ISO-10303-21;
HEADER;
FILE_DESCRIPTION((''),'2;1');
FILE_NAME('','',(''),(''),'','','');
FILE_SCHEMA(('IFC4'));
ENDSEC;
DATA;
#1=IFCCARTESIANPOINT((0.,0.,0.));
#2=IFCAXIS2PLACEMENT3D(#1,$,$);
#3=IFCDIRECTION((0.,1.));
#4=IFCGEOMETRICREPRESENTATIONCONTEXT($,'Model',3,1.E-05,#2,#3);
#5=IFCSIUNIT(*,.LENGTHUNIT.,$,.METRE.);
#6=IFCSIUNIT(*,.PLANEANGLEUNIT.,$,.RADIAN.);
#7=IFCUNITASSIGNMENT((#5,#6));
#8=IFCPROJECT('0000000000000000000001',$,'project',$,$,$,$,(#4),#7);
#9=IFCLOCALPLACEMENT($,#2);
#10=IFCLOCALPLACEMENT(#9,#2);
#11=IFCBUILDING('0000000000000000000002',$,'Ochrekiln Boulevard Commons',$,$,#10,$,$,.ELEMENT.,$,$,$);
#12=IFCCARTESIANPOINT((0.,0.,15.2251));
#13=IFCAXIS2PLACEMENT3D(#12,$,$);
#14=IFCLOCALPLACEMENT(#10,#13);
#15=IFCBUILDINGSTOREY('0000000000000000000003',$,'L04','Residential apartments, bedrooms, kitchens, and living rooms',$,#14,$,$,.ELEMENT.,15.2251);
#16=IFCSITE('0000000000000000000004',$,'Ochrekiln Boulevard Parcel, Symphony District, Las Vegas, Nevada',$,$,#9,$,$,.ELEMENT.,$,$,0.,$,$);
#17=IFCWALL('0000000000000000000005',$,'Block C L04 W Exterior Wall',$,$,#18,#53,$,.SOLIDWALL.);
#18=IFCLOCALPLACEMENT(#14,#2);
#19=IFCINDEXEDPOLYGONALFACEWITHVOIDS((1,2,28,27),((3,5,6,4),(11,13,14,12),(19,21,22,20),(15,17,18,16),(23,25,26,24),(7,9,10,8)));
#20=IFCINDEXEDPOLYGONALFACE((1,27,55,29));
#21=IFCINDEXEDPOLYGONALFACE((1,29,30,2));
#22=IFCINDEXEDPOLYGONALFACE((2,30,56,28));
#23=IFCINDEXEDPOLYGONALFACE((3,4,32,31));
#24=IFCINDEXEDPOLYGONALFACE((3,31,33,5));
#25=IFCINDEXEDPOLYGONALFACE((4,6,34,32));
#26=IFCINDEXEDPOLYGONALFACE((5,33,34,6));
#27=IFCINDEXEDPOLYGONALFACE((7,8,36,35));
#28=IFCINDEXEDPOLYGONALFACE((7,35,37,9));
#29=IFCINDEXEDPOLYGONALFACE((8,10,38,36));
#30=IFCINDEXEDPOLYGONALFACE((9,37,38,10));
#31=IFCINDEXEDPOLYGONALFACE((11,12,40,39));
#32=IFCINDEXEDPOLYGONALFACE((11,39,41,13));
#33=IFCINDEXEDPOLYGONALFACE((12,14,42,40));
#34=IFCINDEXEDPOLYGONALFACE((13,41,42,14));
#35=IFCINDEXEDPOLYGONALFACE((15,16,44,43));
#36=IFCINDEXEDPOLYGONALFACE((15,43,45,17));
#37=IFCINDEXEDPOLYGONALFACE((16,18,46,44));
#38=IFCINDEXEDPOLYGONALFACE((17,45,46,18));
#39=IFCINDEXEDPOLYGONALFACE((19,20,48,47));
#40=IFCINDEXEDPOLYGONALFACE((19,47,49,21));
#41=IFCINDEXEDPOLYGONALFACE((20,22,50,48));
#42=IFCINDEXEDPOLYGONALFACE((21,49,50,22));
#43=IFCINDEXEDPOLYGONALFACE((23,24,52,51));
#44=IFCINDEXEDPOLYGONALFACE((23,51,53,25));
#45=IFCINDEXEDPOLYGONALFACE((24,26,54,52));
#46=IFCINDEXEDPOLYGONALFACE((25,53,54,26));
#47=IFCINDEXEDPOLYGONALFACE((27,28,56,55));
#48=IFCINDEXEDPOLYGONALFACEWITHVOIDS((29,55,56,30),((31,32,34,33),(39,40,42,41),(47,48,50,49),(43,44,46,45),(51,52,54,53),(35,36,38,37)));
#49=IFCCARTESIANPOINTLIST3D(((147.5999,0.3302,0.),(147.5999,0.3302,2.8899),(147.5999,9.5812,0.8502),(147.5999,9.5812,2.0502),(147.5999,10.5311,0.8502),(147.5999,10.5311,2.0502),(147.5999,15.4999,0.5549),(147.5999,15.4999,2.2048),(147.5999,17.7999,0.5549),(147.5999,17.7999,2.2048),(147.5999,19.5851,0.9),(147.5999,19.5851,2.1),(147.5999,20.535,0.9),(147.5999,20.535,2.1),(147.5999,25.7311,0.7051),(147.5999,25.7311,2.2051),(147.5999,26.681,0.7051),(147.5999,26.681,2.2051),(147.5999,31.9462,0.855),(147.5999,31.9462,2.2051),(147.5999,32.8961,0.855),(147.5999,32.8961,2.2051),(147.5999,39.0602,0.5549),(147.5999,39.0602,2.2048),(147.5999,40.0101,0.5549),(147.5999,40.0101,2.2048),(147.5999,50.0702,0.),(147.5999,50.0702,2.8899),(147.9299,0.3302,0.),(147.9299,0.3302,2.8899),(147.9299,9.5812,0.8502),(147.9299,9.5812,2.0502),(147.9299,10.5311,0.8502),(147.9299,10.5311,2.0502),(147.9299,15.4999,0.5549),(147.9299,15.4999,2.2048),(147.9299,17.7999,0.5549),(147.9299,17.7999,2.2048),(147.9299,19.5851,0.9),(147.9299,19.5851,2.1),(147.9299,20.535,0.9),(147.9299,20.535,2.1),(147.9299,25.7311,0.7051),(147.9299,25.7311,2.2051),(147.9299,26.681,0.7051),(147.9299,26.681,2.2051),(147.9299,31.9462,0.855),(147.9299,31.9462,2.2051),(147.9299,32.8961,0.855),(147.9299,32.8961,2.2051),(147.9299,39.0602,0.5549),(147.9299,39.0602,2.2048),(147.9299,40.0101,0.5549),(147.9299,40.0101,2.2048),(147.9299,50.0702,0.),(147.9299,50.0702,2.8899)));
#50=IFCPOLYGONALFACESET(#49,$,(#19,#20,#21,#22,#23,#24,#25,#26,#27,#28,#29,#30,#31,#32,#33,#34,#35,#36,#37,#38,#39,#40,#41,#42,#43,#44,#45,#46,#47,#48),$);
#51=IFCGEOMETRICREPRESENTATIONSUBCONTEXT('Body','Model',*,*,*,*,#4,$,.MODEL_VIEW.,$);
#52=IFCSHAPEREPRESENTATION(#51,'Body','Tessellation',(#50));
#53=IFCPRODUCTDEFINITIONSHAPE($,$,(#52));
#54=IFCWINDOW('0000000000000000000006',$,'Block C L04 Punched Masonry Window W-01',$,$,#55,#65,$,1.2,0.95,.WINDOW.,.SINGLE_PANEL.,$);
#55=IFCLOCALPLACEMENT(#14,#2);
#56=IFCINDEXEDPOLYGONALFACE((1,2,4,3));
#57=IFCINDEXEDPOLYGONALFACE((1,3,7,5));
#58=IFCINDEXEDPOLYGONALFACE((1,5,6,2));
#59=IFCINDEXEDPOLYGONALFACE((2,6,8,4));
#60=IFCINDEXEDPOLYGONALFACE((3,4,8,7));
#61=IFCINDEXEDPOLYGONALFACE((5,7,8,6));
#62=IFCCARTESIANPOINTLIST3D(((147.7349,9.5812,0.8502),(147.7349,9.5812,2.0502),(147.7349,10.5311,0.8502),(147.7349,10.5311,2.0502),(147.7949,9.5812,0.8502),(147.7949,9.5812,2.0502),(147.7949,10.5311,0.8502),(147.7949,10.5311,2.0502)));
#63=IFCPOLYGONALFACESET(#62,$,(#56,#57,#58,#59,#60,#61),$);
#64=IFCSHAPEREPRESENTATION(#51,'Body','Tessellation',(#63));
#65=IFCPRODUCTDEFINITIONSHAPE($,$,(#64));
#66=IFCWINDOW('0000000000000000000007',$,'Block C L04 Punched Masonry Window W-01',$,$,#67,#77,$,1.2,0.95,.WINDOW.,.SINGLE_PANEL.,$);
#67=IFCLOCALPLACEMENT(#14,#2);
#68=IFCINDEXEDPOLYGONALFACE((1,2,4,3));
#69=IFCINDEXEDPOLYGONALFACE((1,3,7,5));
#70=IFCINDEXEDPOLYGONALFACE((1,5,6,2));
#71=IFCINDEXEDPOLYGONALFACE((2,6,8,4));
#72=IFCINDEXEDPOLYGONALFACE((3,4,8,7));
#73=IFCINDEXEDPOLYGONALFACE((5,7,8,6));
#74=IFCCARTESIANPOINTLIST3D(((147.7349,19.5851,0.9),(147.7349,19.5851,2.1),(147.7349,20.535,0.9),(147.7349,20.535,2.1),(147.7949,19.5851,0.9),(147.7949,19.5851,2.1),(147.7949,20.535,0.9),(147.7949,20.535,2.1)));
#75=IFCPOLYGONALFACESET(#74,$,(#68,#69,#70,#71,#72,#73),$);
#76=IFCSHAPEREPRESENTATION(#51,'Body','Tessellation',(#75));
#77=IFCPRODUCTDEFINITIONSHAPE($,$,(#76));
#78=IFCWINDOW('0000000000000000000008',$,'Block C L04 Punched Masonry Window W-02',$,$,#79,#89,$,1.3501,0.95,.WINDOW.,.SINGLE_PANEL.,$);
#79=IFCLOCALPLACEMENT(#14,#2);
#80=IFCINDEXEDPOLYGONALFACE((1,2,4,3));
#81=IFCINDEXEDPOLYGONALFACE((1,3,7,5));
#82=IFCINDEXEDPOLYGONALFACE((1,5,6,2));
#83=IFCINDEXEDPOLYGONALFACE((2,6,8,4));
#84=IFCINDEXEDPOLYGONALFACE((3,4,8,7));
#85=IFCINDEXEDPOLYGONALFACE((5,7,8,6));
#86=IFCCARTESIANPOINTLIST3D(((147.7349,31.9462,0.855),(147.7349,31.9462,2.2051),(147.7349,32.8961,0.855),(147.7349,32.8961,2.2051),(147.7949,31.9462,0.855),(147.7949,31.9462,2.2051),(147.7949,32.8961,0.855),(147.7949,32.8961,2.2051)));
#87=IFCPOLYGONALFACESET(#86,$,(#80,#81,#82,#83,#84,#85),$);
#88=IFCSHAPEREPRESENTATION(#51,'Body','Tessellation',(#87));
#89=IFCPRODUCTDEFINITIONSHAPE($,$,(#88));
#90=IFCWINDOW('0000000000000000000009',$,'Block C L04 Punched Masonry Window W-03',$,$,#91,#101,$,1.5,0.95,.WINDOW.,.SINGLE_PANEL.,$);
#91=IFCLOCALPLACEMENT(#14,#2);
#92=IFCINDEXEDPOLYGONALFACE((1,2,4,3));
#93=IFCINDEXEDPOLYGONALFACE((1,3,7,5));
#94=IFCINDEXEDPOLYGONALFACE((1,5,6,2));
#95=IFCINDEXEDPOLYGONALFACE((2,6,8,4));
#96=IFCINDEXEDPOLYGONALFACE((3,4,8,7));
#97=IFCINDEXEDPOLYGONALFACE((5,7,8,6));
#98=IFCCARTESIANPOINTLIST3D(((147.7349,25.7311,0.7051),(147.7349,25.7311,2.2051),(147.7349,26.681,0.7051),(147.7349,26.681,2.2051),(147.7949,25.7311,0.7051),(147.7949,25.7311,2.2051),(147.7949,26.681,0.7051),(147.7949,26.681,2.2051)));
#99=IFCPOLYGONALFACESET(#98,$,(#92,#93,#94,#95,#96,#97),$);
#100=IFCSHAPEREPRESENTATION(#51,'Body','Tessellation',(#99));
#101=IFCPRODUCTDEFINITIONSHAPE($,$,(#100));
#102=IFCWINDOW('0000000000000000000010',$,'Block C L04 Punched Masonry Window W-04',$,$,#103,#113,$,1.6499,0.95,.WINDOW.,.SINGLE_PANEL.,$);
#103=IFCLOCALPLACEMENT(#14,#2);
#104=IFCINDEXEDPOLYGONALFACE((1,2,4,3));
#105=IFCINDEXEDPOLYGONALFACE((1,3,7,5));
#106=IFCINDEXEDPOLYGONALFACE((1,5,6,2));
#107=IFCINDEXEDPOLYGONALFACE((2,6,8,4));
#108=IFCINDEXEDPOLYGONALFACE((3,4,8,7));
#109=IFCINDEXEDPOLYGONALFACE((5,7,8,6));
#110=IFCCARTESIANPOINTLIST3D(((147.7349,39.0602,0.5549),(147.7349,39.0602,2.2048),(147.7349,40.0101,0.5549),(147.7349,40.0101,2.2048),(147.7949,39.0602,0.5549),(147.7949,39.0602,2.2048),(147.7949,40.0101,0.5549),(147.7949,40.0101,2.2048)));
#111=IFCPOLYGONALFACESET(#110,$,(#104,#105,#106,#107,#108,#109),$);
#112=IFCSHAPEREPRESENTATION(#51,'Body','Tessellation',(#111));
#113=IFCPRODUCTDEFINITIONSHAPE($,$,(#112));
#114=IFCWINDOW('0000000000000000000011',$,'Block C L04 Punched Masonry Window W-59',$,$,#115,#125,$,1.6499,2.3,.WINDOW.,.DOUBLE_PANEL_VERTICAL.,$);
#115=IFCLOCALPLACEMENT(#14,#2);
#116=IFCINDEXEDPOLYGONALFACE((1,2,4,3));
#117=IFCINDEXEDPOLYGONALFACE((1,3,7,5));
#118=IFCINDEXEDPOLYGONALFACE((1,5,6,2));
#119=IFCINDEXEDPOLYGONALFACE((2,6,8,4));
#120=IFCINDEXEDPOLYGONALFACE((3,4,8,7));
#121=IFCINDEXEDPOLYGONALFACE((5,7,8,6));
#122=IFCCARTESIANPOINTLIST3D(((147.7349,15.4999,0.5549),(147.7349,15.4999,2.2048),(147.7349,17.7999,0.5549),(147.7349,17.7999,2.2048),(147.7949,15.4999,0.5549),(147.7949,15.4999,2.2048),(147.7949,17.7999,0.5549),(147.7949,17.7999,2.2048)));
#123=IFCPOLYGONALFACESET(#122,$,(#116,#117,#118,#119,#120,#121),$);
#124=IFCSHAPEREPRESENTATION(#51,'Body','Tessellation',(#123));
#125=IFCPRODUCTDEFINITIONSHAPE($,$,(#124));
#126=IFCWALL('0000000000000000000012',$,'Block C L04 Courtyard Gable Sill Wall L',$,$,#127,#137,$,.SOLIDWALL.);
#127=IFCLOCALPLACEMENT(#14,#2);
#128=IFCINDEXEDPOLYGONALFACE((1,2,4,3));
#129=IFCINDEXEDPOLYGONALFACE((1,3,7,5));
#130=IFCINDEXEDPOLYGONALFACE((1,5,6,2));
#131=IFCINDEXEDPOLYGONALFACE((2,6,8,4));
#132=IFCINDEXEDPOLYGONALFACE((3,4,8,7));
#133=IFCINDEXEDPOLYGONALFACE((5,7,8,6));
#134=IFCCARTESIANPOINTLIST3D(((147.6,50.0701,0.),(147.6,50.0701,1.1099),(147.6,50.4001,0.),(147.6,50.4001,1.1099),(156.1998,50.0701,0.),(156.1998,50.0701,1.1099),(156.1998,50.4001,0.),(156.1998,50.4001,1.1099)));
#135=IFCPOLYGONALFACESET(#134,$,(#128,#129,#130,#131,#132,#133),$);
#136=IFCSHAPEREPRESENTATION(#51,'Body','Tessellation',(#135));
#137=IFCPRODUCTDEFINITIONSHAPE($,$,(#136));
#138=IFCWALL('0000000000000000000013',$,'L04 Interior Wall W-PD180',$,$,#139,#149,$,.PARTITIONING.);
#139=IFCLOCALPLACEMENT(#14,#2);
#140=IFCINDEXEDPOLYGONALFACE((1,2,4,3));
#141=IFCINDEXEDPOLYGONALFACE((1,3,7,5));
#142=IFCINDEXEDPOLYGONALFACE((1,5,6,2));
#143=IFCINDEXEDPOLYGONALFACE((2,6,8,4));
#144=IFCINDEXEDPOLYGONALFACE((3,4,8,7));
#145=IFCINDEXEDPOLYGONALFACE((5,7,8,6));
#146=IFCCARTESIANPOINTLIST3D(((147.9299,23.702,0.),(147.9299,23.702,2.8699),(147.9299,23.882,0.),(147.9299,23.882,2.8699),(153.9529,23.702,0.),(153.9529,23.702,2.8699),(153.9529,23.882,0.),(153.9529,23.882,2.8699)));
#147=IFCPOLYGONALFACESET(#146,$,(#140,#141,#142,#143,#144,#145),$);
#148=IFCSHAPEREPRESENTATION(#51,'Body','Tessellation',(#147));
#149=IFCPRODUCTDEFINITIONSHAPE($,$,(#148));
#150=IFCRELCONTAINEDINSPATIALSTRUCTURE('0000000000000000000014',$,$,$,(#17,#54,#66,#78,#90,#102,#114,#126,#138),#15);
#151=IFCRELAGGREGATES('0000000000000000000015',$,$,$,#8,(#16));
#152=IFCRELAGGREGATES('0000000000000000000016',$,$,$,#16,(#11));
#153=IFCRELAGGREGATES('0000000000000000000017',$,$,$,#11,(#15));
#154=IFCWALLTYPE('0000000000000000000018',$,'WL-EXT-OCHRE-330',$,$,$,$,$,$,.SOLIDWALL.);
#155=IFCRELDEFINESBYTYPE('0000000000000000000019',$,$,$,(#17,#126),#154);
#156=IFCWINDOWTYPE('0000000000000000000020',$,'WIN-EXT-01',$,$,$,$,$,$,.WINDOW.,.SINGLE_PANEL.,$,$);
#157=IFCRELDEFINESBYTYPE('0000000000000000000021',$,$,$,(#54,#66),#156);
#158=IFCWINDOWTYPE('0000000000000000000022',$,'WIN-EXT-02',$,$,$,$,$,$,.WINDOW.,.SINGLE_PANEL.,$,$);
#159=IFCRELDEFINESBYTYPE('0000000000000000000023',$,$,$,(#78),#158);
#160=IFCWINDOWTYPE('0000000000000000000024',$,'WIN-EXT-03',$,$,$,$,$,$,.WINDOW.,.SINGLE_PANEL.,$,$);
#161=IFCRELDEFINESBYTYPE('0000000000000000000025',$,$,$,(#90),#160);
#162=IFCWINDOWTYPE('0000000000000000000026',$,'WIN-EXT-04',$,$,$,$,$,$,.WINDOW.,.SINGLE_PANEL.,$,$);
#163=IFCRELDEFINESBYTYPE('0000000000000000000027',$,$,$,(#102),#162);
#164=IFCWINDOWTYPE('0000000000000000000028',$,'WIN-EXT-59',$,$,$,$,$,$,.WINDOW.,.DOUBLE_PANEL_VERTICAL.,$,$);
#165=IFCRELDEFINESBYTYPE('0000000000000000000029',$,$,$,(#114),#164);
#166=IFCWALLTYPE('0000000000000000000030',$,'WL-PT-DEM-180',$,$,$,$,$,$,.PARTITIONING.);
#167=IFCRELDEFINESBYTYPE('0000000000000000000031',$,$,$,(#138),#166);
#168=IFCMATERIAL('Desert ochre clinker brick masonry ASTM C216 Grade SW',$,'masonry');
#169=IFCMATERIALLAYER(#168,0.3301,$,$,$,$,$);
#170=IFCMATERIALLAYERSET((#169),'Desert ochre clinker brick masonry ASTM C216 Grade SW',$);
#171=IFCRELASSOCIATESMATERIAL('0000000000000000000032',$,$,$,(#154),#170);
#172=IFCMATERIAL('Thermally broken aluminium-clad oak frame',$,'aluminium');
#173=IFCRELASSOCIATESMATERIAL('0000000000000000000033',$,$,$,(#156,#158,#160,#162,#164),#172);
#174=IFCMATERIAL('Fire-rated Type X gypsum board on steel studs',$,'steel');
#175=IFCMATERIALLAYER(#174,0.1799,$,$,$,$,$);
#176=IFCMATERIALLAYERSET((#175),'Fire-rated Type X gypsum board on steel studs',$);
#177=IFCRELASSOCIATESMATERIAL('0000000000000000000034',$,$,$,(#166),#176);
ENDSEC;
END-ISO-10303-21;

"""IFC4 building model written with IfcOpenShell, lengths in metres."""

from ifc_helpers import new_model, si_unit, direction, frame, frame_2d, origin, place, context, subcontext, project, spatial, rectangle, extrude, material, layer, layer_set, type_object, element, fill, save


model = new_model("IFC4")

# Units and contexts
model_context = context("Model", 3, precision=1e-05, world=origin(), true_north=direction((0.0, 1.0)))
body_context = subcontext(model_context, "Body", "Model", "MODEL_VIEW")
ifc_project = project(units=[si_unit("LENGTHUNIT", "METRE"), si_unit("PLANEANGLEUNIT", "RADIAN")], contexts=[model_context])

# Site, building, storey
site_placement = place(None, origin())
site = spatial("IfcSite", under=ifc_project, at=site_placement, Name="Ochrekiln Boulevard Parcel, Symphony District, Las Vegas, Nevada", CompositionType="ELEMENT", RefElevation=0.0)
building_placement = place(site_placement, origin())
building = spatial("IfcBuilding", under=site, at=building_placement, Name="Ochrekiln Boulevard Commons", CompositionType="ELEMENT")
storey_placement = place(building_placement, frame((0.0, 0.0, 15.2251)))
storey = spatial("IfcBuildingStorey", under=building, at=storey_placement, Name="L04", Description="Residential apartments, bedrooms, kitchens, and living rooms", CompositionType="ELEMENT", Elevation=15.2251)

# Shared definitions
ifc_material_1 = material(Name="Desert ochre clinker brick masonry ASTM C216 Grade SW", Category="masonry")
ifc_layer_1 = layer(ifc_material_1, 0.3301)
ifc_layer_set_1 = layer_set([ifc_layer_1], Name="Desert ochre clinker brick masonry ASTM C216 Grade SW")
wall_type_1 = type_object("IfcWallType", Name="WL-EXT-OCHRE-330", PredefinedType="SOLIDWALL", material=ifc_layer_set_1)

# Wall, openings, windows
wall_1_placement = place(storey_placement, frame((147.7649, 0.3301, 0.0), z_axis=(0.0, 0.0, 1.0), x_axis=(0.0, 1.0, 0.0)))
wall_1 = element("IfcWall", 1, at=wall_1_placement, inside=storey, type_object=wall_type_1, Name="Block C L04 W Exterior Wall", PredefinedType="SOLIDWALL", context=body_context, shape_type="SweptSolid", body=[
    extrude(rectangle(XDim=49.74, YDim=0.3301, at=frame_2d((24.8701, 0.0))), origin(), (0.0, 0.0, 1.0), 2.8899),
])
opening_1_placement = place(wall_1_placement, frame((15.1699, 0.0, 0.5549)))
opening_1 = element("IfcOpeningElement", 2, at=opening_1_placement, cuts=wall_1, PredefinedType="OPENING", context=body_context, shape_type="SweptSolid", body=[
    extrude(rectangle(XDim=2.3, YDim=1.6499, at=frame_2d((1.1499, 0.825))), frame((0.0, 0.175, 0.0), z_axis=(0.0, -1.0, 0.0), x_axis=(1.0, 0.0, 0.0)), (0.0, 0.0, 1.0), 0.3501),
])
opening_2_placement = place(wall_1_placement, frame((9.251, 0.0, 0.8501)))
opening_2 = element("IfcOpeningElement", 3, at=opening_2_placement, cuts=wall_1, PredefinedType="OPENING", context=body_context, shape_type="SweptSolid", body=[
    extrude(rectangle(XDim=0.95, YDim=1.2, at=frame_2d((0.4751, 0.6001))), frame((0.0, 0.175, 0.0), z_axis=(0.0, -1.0, 0.0), x_axis=(1.0, 0.0, 0.0)), (0.0, 0.0, 1.0), 0.3501),
])
opening_3_placement = place(wall_1_placement, frame((19.2549, 0.0, 0.8999)))
opening_3 = element("IfcOpeningElement", 4, at=opening_3_placement, cuts=wall_1, PredefinedType="OPENING", context=body_context, shape_type="SweptSolid", body=[
    extrude(rectangle(XDim=0.95, YDim=1.2, at=frame_2d((0.4751, 0.6001))), frame((0.0, 0.175, 0.0), z_axis=(0.0, -1.0, 0.0), x_axis=(1.0, 0.0, 0.0)), (0.0, 0.0, 1.0), 0.3501),
])
opening_4_placement = place(wall_1_placement, frame((31.616, 0.0, 0.855)))
opening_4 = element("IfcOpeningElement", 5, at=opening_4_placement, cuts=wall_1, PredefinedType="OPENING", context=body_context, shape_type="SweptSolid", body=[
    extrude(rectangle(XDim=0.95, YDim=1.3501, at=frame_2d((0.4751, 0.675))), frame((0.0, 0.175, 0.0), z_axis=(0.0, -1.0, 0.0), x_axis=(1.0, 0.0, 0.0)), (0.0, 0.0, 1.0), 0.3501),
])
opening_5_placement = place(wall_1_placement, frame((25.4009, 0.0, 0.7051)))
opening_5 = element("IfcOpeningElement", 6, at=opening_5_placement, cuts=wall_1, PredefinedType="OPENING", context=body_context, shape_type="SweptSolid", body=[
    extrude(rectangle(XDim=0.95, YDim=1.5, at=frame_2d((0.4751, 0.75))), frame((0.0, 0.175, 0.0), z_axis=(0.0, -1.0, 0.0), x_axis=(1.0, 0.0, 0.0)), (0.0, 0.0, 1.0), 0.3501),
])
opening_6_placement = place(wall_1_placement, frame((38.73, 0.0, 0.5549)))
opening_6 = element("IfcOpeningElement", 7, at=opening_6_placement, cuts=wall_1, PredefinedType="OPENING", context=body_context, shape_type="SweptSolid", body=[
    extrude(rectangle(XDim=0.95, YDim=1.6499, at=frame_2d((0.4751, 0.825))), frame((0.0, 0.175, 0.0), z_axis=(0.0, -1.0, 0.0), x_axis=(1.0, 0.0, 0.0)), (0.0, 0.0, 1.0), 0.3501),
])
ifc_material_2 = material(Name="Thermally broken aluminium-clad oak frame", Category="aluminium")
window_type_1 = type_object("IfcWindowType", Name="WIN-EXT-01", PartitioningType="SINGLE_PANEL", PredefinedType="WINDOW", material=ifc_material_2)
window_1_placement = place(opening_2_placement, origin())
window_1 = element("IfcWindow", 8, at=window_1_placement, inside=storey, type_object=window_type_1, Name="Block C L04 Punched Masonry Window W-01", OverallHeight=1.2, OverallWidth=0.95, PartitioningType="SINGLE_PANEL", PredefinedType="WINDOW", context=body_context, shape_type="SweptSolid", body=[
    extrude(rectangle(XDim=0.95, YDim=1.2, at=frame_2d((0.4751, 0.6001))), frame((0.0, 0.03, 0.0), z_axis=(0.0, -1.0, 0.0), x_axis=(1.0, 0.0, 0.0)), (0.0, 0.0, 1.0), 0.0601),
])
fill(opening_2, window_1)
window_2_placement = place(opening_3_placement, origin())
window_2 = element("IfcWindow", 9, at=window_2_placement, inside=storey, type_object=window_type_1, Name="Block C L04 Punched Masonry Window W-01", OverallHeight=1.2, OverallWidth=0.95, PartitioningType="SINGLE_PANEL", PredefinedType="WINDOW", context=body_context, shape_type="SweptSolid", body=[
    extrude(rectangle(XDim=0.95, YDim=1.2, at=frame_2d((0.4751, 0.6001))), frame((0.0, 0.03, 0.0), z_axis=(0.0, -1.0, 0.0), x_axis=(1.0, 0.0, 0.0)), (0.0, 0.0, 1.0), 0.0601),
])
fill(opening_3, window_2)
window_type_2 = type_object("IfcWindowType", Name="WIN-EXT-02", PartitioningType="SINGLE_PANEL", PredefinedType="WINDOW", material=ifc_material_2)
window_3_placement = place(opening_4_placement, origin())
window_3 = element("IfcWindow", 10, at=window_3_placement, inside=storey, type_object=window_type_2, Name="Block C L04 Punched Masonry Window W-02", OverallHeight=1.3501, OverallWidth=0.95, PartitioningType="SINGLE_PANEL", PredefinedType="WINDOW", context=body_context, shape_type="SweptSolid", body=[
    extrude(rectangle(XDim=0.95, YDim=1.3501, at=frame_2d((0.4751, 0.675))), frame((0.0, 0.03, 0.0), z_axis=(0.0, -1.0, 0.0), x_axis=(1.0, 0.0, 0.0)), (0.0, 0.0, 1.0), 0.0601),
])
fill(opening_4, window_3)
window_type_3 = type_object("IfcWindowType", Name="WIN-EXT-03", PartitioningType="SINGLE_PANEL", PredefinedType="WINDOW", material=ifc_material_2)
window_4_placement = place(opening_5_placement, origin())
window_4 = element("IfcWindow", 11, at=window_4_placement, inside=storey, type_object=window_type_3, Name="Block C L04 Punched Masonry Window W-03", OverallHeight=1.5, OverallWidth=0.95, PartitioningType="SINGLE_PANEL", PredefinedType="WINDOW", context=body_context, shape_type="SweptSolid", body=[
    extrude(rectangle(XDim=0.95, YDim=1.5, at=frame_2d((0.4751, 0.75))), frame((0.0, 0.03, 0.0), z_axis=(0.0, -1.0, 0.0), x_axis=(1.0, 0.0, 0.0)), (0.0, 0.0, 1.0), 0.0601),
])
fill(opening_5, window_4)
window_type_4 = type_object("IfcWindowType", Name="WIN-EXT-04", PartitioningType="SINGLE_PANEL", PredefinedType="WINDOW", material=ifc_material_2)
window_5_placement = place(opening_6_placement, origin())
window_5 = element("IfcWindow", 12, at=window_5_placement, inside=storey, type_object=window_type_4, Name="Block C L04 Punched Masonry Window W-04", OverallHeight=1.6499, OverallWidth=0.95, PartitioningType="SINGLE_PANEL", PredefinedType="WINDOW", context=body_context, shape_type="SweptSolid", body=[
    extrude(rectangle(XDim=0.95, YDim=1.6499, at=frame_2d((0.4751, 0.825))), frame((0.0, 0.03, 0.0), z_axis=(0.0, -1.0, 0.0), x_axis=(1.0, 0.0, 0.0)), (0.0, 0.0, 1.0), 0.0601),
])
fill(opening_6, window_5)
window_type_5 = type_object("IfcWindowType", Name="WIN-EXT-59", PartitioningType="DOUBLE_PANEL_VERTICAL", PredefinedType="WINDOW", material=ifc_material_2)
window_6_placement = place(opening_1_placement, origin())
window_6 = element("IfcWindow", 13, at=window_6_placement, inside=storey, type_object=window_type_5, Name="Block C L04 Punched Masonry Window W-59", OverallHeight=1.6499, OverallWidth=2.3, PartitioningType="DOUBLE_PANEL_VERTICAL", PredefinedType="WINDOW", context=body_context, shape_type="SweptSolid", body=[
    extrude(rectangle(XDim=2.3, YDim=1.6499, at=frame_2d((1.1499, 0.825))), frame((0.0, 0.03, 0.0), z_axis=(0.0, -1.0, 0.0), x_axis=(1.0, 0.0, 0.0)), (0.0, 0.0, 1.0), 0.0601),
])
fill(opening_1, window_6)

# Walls
wall_2_placement = place(storey_placement, frame((147.6001, 50.2351, 0.0), z_axis=(0.0, 0.0, 1.0), x_axis=(1.0, 0.0, 0.0)))
element("IfcWall", 14, at=wall_2_placement, inside=storey, type_object=wall_type_1, Name="Block C L04 Courtyard Gable Sill Wall L", PredefinedType="SOLIDWALL", context=body_context, shape_type="SweptSolid", body=[
    extrude(rectangle(XDim=8.5999, YDim=0.3301, at=frame_2d((4.2998, 0.0))), origin(), (0.0, 0.0, 1.0), 1.1099),
])
ifc_material_3 = material(Name="Fire-rated Type X gypsum board on steel studs", Category="steel")
ifc_layer_2 = layer(ifc_material_3, 0.1799)
ifc_layer_set_2 = layer_set([ifc_layer_2], Name="Fire-rated Type X gypsum board on steel studs")
wall_type_2 = type_object("IfcWallType", Name="WL-PT-DEM-180", PredefinedType="PARTITIONING", material=ifc_layer_set_2)
wall_3_placement = place(storey_placement, frame((147.9299, 23.792, 0.0), z_axis=(0.0, 0.0, 1.0), x_axis=(1.0, 0.0, 0.0)))
element("IfcWall", 15, at=wall_3_placement, inside=storey, type_object=wall_type_2, Name="L04 Interior Wall W-PD180", PredefinedType="PARTITIONING", context=body_context, shape_type="SweptSolid", body=[
    extrude(rectangle(XDim=6.0229, YDim=0.1799, at=frame_2d((3.0115, 0.0))), origin(), (0.0, 0.0, 1.0), 2.8699),
])

save(model, "model.ifc")
